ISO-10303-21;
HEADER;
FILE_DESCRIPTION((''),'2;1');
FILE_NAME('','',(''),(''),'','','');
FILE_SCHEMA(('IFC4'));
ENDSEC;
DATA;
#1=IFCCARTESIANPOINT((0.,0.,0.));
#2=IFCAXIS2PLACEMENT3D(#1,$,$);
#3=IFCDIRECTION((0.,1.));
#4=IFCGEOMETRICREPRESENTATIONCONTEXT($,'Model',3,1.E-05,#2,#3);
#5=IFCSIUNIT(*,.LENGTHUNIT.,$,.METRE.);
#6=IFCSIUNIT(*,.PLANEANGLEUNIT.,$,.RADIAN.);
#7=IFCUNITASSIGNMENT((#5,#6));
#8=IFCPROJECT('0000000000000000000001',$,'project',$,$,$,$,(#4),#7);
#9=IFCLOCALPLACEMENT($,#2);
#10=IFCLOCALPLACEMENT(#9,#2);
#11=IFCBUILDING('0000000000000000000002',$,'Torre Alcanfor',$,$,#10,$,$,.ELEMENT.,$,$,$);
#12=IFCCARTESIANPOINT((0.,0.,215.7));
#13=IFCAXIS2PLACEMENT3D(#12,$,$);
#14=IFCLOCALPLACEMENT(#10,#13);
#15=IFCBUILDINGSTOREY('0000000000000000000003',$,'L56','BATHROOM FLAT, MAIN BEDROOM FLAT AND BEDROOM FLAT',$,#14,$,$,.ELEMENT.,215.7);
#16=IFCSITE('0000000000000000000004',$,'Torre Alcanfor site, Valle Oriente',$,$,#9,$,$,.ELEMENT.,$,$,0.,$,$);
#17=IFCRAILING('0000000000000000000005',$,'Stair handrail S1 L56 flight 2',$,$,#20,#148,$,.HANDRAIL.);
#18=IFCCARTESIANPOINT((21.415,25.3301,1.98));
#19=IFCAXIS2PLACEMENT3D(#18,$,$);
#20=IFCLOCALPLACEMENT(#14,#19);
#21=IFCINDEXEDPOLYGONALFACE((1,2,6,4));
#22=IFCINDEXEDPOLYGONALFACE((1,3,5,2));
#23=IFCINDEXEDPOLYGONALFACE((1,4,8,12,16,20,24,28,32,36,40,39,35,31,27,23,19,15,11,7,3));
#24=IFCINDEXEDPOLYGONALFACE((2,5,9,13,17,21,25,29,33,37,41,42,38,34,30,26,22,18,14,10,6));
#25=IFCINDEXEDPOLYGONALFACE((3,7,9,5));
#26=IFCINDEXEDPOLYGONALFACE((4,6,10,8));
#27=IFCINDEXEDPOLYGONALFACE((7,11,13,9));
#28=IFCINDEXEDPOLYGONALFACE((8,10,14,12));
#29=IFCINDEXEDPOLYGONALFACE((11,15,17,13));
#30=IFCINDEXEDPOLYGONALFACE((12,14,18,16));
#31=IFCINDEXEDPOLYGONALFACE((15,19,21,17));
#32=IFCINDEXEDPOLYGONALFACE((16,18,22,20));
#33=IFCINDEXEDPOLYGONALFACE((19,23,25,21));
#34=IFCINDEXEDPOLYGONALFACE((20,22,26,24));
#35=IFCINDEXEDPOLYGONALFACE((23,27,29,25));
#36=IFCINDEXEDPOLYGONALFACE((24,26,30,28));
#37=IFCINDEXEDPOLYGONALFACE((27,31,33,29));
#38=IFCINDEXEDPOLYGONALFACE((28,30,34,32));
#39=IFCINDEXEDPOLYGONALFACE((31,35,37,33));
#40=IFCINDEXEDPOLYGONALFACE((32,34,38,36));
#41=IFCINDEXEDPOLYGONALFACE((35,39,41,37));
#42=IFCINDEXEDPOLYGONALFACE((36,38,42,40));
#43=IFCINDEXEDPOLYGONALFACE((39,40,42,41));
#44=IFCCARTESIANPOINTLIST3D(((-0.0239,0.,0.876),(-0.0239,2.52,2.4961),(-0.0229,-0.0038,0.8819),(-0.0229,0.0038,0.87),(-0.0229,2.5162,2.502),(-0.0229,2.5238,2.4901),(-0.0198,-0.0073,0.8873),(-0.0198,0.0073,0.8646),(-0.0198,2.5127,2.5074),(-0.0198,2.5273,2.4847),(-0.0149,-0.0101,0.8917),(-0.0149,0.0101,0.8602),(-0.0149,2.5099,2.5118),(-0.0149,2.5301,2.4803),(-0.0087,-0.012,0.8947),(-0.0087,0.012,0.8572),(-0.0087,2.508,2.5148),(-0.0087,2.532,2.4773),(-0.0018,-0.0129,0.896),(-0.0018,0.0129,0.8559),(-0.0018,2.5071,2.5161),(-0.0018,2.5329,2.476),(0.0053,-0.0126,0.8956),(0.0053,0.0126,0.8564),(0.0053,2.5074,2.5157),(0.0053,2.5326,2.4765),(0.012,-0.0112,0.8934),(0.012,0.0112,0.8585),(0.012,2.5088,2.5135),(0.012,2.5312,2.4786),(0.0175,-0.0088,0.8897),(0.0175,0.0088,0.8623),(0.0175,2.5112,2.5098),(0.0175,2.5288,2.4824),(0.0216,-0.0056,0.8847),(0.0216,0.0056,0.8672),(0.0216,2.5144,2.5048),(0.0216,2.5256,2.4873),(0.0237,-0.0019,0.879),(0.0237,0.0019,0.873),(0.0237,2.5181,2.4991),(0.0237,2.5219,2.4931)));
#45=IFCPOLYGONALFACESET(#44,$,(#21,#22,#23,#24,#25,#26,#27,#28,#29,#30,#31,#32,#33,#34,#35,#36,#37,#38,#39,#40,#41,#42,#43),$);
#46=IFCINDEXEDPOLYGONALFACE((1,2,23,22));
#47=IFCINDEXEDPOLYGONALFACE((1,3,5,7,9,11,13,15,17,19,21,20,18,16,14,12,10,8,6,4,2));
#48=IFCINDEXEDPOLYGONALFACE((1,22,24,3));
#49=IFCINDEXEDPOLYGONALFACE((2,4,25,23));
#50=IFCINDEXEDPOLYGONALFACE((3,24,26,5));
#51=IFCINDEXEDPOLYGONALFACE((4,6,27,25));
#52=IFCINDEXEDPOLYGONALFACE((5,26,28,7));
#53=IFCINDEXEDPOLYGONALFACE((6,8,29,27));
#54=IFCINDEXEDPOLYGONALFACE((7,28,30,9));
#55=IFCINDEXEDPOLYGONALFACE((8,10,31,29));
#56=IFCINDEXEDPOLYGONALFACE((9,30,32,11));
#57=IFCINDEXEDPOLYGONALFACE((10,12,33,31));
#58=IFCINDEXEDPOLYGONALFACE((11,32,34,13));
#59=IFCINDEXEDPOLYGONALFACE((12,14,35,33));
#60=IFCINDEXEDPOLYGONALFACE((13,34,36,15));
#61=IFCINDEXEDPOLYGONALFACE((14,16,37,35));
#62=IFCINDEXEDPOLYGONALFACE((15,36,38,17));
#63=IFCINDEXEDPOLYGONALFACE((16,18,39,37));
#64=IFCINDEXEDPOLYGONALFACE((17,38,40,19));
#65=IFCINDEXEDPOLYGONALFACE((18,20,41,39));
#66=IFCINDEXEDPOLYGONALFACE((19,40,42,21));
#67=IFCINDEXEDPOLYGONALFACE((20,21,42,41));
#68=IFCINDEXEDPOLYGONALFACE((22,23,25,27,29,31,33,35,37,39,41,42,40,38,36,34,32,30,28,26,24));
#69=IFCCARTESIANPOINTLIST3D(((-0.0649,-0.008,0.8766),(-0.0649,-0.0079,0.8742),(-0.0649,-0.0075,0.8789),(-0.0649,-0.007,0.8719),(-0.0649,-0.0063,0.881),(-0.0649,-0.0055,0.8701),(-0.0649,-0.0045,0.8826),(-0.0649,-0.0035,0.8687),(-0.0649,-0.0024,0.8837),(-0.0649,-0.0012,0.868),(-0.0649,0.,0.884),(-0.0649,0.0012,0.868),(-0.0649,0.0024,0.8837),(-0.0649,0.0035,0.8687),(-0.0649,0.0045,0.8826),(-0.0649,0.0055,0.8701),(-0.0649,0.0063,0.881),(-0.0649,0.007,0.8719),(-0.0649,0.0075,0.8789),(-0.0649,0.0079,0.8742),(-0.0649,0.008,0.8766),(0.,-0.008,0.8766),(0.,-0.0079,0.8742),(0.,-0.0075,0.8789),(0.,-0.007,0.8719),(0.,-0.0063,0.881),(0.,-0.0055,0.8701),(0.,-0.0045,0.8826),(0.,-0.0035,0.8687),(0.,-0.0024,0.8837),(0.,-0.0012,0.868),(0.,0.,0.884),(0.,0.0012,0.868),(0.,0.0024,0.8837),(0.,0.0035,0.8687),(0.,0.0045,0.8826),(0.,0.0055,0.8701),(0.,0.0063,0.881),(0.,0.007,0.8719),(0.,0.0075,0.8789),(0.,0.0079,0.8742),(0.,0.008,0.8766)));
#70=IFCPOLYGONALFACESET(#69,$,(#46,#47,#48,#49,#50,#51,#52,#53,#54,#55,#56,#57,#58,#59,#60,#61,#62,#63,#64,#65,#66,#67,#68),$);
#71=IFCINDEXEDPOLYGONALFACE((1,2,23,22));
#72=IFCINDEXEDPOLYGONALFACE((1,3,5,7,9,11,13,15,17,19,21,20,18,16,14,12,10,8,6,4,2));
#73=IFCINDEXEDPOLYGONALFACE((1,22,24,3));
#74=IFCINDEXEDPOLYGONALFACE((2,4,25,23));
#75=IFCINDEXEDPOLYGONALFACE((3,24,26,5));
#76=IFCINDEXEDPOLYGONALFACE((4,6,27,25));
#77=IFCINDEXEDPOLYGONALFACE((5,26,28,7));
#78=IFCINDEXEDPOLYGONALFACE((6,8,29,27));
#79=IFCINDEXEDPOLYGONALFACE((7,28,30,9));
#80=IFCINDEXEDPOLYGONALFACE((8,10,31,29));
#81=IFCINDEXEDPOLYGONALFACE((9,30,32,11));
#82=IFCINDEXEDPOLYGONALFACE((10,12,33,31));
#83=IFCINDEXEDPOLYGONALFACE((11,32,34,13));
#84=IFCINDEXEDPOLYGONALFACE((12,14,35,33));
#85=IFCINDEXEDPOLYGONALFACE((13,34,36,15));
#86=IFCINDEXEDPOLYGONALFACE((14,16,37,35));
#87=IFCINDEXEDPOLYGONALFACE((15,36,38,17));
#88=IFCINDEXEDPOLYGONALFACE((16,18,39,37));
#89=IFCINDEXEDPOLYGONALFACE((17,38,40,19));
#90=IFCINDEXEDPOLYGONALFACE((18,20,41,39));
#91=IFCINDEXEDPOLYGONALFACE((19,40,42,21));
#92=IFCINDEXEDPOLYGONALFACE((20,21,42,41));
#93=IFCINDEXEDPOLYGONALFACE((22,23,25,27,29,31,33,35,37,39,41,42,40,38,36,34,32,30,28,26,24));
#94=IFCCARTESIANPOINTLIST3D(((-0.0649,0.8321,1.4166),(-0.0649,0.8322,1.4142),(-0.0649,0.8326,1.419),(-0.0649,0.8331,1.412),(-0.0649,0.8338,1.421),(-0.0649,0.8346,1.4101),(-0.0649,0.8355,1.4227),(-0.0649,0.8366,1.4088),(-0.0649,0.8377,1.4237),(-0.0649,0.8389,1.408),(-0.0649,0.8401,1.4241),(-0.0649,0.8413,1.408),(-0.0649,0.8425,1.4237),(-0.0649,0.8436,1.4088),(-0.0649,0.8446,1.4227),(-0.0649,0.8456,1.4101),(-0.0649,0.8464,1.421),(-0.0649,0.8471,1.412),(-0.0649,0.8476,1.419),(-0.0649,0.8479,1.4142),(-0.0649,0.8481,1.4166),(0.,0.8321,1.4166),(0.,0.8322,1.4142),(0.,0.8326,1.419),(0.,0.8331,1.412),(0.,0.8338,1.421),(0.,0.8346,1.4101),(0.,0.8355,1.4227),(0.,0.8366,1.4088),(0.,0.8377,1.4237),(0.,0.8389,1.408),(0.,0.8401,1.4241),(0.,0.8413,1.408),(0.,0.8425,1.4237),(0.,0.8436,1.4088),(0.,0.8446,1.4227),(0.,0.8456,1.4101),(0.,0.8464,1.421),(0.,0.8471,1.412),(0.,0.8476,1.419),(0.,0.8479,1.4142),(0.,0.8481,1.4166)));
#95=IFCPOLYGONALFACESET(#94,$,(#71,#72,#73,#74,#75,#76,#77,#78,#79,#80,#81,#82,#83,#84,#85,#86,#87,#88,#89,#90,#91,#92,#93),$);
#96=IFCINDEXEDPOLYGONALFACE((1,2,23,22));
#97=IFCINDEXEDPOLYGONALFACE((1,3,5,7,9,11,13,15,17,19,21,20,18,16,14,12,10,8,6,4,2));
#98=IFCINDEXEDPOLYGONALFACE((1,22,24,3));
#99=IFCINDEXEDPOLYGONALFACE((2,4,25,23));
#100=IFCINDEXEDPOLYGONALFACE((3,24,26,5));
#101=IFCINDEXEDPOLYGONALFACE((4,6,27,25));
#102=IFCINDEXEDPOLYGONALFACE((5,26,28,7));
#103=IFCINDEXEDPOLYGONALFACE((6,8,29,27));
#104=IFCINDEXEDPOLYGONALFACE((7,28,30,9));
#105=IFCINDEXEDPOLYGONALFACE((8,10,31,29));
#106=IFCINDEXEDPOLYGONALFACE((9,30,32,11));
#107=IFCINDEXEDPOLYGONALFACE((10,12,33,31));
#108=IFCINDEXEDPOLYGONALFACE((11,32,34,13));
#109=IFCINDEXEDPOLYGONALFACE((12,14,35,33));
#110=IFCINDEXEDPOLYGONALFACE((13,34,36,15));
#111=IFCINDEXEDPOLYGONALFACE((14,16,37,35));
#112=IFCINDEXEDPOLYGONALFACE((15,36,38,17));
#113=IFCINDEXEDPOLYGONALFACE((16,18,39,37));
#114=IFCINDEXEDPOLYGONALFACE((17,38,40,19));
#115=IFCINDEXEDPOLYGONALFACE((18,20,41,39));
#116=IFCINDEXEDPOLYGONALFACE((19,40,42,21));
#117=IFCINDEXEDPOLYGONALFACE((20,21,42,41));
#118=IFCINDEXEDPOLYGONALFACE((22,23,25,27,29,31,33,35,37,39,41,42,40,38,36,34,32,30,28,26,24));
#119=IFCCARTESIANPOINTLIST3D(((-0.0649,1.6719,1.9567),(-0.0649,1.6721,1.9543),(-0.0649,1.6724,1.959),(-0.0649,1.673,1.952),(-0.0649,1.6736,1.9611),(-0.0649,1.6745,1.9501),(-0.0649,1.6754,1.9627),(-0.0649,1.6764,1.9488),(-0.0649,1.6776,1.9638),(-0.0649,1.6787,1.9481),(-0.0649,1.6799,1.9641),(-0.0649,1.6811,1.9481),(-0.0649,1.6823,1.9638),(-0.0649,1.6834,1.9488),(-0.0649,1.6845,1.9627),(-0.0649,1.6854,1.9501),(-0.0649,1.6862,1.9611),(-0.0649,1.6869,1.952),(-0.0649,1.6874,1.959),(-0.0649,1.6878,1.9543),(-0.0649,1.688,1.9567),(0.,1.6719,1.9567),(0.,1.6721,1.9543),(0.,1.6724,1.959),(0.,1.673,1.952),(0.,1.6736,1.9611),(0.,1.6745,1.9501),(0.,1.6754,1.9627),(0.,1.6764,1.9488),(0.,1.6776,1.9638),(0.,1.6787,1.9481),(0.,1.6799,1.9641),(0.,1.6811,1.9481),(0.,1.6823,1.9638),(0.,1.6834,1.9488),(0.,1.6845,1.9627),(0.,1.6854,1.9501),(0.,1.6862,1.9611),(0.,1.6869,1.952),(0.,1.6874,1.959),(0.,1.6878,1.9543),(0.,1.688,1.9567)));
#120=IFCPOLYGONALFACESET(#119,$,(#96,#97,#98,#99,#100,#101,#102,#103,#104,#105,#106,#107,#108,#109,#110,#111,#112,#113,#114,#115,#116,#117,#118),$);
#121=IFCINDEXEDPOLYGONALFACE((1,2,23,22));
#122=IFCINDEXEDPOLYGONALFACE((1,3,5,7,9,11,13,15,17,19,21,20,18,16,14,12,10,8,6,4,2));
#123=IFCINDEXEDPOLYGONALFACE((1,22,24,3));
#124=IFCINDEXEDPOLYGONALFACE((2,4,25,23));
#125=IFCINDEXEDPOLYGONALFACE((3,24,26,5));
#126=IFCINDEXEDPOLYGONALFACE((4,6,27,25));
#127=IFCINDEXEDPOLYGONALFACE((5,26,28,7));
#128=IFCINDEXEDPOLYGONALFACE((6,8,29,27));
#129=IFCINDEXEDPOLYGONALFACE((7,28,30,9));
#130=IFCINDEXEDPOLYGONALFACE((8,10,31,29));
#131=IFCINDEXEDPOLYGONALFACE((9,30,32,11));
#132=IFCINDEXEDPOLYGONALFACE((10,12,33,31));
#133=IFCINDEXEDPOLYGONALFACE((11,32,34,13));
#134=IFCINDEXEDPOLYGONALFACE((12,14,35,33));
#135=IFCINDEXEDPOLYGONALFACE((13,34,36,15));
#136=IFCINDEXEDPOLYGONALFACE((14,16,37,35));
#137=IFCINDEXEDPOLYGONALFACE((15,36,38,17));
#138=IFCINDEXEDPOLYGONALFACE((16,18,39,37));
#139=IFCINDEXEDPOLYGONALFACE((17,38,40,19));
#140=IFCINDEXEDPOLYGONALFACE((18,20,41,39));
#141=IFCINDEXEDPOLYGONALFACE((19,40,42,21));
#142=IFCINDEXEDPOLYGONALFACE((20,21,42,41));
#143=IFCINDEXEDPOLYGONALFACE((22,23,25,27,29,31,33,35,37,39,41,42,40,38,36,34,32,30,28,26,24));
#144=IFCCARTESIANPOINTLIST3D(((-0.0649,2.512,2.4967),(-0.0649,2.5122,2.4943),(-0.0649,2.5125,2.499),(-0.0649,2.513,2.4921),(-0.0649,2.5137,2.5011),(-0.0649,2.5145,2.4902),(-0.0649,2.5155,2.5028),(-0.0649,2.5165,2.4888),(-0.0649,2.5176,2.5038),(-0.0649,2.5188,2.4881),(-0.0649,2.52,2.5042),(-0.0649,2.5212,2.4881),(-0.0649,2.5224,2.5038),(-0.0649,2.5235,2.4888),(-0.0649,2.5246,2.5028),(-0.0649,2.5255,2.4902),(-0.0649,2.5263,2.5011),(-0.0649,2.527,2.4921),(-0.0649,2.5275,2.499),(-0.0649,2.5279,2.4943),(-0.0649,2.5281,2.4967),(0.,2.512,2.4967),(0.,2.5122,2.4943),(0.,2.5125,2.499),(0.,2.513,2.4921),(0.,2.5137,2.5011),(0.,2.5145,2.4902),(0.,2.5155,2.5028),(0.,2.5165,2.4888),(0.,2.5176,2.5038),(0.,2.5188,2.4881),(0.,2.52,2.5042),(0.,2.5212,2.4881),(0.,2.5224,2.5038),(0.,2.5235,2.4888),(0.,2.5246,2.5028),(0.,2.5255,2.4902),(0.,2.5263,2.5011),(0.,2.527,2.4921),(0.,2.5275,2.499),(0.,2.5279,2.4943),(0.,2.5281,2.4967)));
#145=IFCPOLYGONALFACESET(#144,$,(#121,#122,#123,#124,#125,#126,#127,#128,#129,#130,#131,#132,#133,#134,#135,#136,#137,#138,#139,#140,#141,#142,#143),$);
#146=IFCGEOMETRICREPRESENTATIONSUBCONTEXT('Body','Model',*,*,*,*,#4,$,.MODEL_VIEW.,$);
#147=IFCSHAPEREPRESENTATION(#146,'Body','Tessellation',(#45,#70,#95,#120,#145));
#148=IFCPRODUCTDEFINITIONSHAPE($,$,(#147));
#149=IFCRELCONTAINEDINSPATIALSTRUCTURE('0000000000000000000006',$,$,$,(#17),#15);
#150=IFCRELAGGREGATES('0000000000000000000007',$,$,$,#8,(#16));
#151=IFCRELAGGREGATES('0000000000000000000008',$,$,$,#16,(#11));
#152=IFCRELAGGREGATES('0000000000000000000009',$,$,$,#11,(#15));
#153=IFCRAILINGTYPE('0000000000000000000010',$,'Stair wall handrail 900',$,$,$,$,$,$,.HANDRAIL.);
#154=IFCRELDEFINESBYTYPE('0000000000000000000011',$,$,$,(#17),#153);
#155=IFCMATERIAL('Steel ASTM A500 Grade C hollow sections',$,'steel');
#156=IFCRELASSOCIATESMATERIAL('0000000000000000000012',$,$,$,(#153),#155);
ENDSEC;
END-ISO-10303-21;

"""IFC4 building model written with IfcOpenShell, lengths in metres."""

from ifc_helpers import new_model, si_unit, direction, frame, origin, origin_2d, place, context, subcontext, project, spatial, circle, extrude, material, type_object, element, save


model = new_model("IFC4")

# Units and contexts
model_context = context("Model", 3, precision=1e-05, world=origin(), true_north=direction((0.0, 1.0)))
body_context = subcontext(model_context, "Body", "Model", "MODEL_VIEW")
ifc_project = project(units=[si_unit("LENGTHUNIT", "METRE"), si_unit("PLANEANGLEUNIT", "RADIAN")], contexts=[model_context])

# Site, building, storey
site_placement = place(None, origin())
site = spatial("IfcSite", under=ifc_project, at=site_placement, Name="Torre Alcanfor site, Valle Oriente", CompositionType="ELEMENT", RefElevation=0.0)
building_placement = place(site_placement, origin())
building = spatial("IfcBuilding", under=site, at=building_placement, Name="Torre Alcanfor", CompositionType="ELEMENT")
storey_placement = place(building_placement, frame((0.0, 0.0, 215.7)))
storey = spatial("IfcBuildingStorey", under=building, at=storey_placement, Name="L56", Description="BATHROOM FLAT, MAIN BEDROOM FLAT AND BEDROOM FLAT", CompositionType="ELEMENT", Elevation=215.7)

# Railing
ifc_material_1 = material(Name="Steel ASTM A500 Grade C hollow sections", Category="steel")
railing_type_1 = type_object("IfcRailingType", Name="Stair wall handrail 900", PredefinedType="HANDRAIL", material=ifc_material_1)
railing_1_placement = place(storey_placement, frame((21.415, 25.3301, 1.98)))
element("IfcRailing", 1, at=railing_1_placement, inside=storey, type_object=railing_type_1, Name="Stair handrail S1 L56 flight 2", PredefinedType="HANDRAIL", context=body_context, shape_type="SweptSolid", body=[
    extrude(circle(Radius=0.0239, at=origin_2d()), frame((0.0, 0.0, 0.876), z_axis=(0.0, 0.841163, 0.540782), x_axis=(-1.0, 0.0, 0.0)), (0.0, 0.0, 1.0), 2.9958),
    extrude(circle(Radius=0.0081, at=origin_2d()), frame((0.0, 0.0, 0.876), z_axis=(-1.0, 0.0, 0.0), x_axis=(0.0, 0.0, 1.0)), (0.0, 0.0, 1.0), 0.0649),
    extrude(circle(Radius=0.0081, at=origin_2d()), frame((0.0, 0.8401, 1.416), z_axis=(-1.0, 0.0, 0.0), x_axis=(0.0, 0.0, 1.0)), (0.0, 0.0, 1.0), 0.0649),
    extrude(circle(Radius=0.0081, at=origin_2d()), frame((0.0, 1.6799, 1.9561), z_axis=(-1.0, 0.0, 0.0), x_axis=(0.0, 0.0, 1.0)), (0.0, 0.0, 1.0), 0.0649),
    extrude(circle(Radius=0.0081, at=origin_2d()), frame((0.0, 2.52, 2.4961), z_axis=(-1.0, 0.0, 0.0), x_axis=(0.0, 0.0, 1.0)), (0.0, 0.0, 1.0), 0.0649),
])

save(model, "model.ifc")
